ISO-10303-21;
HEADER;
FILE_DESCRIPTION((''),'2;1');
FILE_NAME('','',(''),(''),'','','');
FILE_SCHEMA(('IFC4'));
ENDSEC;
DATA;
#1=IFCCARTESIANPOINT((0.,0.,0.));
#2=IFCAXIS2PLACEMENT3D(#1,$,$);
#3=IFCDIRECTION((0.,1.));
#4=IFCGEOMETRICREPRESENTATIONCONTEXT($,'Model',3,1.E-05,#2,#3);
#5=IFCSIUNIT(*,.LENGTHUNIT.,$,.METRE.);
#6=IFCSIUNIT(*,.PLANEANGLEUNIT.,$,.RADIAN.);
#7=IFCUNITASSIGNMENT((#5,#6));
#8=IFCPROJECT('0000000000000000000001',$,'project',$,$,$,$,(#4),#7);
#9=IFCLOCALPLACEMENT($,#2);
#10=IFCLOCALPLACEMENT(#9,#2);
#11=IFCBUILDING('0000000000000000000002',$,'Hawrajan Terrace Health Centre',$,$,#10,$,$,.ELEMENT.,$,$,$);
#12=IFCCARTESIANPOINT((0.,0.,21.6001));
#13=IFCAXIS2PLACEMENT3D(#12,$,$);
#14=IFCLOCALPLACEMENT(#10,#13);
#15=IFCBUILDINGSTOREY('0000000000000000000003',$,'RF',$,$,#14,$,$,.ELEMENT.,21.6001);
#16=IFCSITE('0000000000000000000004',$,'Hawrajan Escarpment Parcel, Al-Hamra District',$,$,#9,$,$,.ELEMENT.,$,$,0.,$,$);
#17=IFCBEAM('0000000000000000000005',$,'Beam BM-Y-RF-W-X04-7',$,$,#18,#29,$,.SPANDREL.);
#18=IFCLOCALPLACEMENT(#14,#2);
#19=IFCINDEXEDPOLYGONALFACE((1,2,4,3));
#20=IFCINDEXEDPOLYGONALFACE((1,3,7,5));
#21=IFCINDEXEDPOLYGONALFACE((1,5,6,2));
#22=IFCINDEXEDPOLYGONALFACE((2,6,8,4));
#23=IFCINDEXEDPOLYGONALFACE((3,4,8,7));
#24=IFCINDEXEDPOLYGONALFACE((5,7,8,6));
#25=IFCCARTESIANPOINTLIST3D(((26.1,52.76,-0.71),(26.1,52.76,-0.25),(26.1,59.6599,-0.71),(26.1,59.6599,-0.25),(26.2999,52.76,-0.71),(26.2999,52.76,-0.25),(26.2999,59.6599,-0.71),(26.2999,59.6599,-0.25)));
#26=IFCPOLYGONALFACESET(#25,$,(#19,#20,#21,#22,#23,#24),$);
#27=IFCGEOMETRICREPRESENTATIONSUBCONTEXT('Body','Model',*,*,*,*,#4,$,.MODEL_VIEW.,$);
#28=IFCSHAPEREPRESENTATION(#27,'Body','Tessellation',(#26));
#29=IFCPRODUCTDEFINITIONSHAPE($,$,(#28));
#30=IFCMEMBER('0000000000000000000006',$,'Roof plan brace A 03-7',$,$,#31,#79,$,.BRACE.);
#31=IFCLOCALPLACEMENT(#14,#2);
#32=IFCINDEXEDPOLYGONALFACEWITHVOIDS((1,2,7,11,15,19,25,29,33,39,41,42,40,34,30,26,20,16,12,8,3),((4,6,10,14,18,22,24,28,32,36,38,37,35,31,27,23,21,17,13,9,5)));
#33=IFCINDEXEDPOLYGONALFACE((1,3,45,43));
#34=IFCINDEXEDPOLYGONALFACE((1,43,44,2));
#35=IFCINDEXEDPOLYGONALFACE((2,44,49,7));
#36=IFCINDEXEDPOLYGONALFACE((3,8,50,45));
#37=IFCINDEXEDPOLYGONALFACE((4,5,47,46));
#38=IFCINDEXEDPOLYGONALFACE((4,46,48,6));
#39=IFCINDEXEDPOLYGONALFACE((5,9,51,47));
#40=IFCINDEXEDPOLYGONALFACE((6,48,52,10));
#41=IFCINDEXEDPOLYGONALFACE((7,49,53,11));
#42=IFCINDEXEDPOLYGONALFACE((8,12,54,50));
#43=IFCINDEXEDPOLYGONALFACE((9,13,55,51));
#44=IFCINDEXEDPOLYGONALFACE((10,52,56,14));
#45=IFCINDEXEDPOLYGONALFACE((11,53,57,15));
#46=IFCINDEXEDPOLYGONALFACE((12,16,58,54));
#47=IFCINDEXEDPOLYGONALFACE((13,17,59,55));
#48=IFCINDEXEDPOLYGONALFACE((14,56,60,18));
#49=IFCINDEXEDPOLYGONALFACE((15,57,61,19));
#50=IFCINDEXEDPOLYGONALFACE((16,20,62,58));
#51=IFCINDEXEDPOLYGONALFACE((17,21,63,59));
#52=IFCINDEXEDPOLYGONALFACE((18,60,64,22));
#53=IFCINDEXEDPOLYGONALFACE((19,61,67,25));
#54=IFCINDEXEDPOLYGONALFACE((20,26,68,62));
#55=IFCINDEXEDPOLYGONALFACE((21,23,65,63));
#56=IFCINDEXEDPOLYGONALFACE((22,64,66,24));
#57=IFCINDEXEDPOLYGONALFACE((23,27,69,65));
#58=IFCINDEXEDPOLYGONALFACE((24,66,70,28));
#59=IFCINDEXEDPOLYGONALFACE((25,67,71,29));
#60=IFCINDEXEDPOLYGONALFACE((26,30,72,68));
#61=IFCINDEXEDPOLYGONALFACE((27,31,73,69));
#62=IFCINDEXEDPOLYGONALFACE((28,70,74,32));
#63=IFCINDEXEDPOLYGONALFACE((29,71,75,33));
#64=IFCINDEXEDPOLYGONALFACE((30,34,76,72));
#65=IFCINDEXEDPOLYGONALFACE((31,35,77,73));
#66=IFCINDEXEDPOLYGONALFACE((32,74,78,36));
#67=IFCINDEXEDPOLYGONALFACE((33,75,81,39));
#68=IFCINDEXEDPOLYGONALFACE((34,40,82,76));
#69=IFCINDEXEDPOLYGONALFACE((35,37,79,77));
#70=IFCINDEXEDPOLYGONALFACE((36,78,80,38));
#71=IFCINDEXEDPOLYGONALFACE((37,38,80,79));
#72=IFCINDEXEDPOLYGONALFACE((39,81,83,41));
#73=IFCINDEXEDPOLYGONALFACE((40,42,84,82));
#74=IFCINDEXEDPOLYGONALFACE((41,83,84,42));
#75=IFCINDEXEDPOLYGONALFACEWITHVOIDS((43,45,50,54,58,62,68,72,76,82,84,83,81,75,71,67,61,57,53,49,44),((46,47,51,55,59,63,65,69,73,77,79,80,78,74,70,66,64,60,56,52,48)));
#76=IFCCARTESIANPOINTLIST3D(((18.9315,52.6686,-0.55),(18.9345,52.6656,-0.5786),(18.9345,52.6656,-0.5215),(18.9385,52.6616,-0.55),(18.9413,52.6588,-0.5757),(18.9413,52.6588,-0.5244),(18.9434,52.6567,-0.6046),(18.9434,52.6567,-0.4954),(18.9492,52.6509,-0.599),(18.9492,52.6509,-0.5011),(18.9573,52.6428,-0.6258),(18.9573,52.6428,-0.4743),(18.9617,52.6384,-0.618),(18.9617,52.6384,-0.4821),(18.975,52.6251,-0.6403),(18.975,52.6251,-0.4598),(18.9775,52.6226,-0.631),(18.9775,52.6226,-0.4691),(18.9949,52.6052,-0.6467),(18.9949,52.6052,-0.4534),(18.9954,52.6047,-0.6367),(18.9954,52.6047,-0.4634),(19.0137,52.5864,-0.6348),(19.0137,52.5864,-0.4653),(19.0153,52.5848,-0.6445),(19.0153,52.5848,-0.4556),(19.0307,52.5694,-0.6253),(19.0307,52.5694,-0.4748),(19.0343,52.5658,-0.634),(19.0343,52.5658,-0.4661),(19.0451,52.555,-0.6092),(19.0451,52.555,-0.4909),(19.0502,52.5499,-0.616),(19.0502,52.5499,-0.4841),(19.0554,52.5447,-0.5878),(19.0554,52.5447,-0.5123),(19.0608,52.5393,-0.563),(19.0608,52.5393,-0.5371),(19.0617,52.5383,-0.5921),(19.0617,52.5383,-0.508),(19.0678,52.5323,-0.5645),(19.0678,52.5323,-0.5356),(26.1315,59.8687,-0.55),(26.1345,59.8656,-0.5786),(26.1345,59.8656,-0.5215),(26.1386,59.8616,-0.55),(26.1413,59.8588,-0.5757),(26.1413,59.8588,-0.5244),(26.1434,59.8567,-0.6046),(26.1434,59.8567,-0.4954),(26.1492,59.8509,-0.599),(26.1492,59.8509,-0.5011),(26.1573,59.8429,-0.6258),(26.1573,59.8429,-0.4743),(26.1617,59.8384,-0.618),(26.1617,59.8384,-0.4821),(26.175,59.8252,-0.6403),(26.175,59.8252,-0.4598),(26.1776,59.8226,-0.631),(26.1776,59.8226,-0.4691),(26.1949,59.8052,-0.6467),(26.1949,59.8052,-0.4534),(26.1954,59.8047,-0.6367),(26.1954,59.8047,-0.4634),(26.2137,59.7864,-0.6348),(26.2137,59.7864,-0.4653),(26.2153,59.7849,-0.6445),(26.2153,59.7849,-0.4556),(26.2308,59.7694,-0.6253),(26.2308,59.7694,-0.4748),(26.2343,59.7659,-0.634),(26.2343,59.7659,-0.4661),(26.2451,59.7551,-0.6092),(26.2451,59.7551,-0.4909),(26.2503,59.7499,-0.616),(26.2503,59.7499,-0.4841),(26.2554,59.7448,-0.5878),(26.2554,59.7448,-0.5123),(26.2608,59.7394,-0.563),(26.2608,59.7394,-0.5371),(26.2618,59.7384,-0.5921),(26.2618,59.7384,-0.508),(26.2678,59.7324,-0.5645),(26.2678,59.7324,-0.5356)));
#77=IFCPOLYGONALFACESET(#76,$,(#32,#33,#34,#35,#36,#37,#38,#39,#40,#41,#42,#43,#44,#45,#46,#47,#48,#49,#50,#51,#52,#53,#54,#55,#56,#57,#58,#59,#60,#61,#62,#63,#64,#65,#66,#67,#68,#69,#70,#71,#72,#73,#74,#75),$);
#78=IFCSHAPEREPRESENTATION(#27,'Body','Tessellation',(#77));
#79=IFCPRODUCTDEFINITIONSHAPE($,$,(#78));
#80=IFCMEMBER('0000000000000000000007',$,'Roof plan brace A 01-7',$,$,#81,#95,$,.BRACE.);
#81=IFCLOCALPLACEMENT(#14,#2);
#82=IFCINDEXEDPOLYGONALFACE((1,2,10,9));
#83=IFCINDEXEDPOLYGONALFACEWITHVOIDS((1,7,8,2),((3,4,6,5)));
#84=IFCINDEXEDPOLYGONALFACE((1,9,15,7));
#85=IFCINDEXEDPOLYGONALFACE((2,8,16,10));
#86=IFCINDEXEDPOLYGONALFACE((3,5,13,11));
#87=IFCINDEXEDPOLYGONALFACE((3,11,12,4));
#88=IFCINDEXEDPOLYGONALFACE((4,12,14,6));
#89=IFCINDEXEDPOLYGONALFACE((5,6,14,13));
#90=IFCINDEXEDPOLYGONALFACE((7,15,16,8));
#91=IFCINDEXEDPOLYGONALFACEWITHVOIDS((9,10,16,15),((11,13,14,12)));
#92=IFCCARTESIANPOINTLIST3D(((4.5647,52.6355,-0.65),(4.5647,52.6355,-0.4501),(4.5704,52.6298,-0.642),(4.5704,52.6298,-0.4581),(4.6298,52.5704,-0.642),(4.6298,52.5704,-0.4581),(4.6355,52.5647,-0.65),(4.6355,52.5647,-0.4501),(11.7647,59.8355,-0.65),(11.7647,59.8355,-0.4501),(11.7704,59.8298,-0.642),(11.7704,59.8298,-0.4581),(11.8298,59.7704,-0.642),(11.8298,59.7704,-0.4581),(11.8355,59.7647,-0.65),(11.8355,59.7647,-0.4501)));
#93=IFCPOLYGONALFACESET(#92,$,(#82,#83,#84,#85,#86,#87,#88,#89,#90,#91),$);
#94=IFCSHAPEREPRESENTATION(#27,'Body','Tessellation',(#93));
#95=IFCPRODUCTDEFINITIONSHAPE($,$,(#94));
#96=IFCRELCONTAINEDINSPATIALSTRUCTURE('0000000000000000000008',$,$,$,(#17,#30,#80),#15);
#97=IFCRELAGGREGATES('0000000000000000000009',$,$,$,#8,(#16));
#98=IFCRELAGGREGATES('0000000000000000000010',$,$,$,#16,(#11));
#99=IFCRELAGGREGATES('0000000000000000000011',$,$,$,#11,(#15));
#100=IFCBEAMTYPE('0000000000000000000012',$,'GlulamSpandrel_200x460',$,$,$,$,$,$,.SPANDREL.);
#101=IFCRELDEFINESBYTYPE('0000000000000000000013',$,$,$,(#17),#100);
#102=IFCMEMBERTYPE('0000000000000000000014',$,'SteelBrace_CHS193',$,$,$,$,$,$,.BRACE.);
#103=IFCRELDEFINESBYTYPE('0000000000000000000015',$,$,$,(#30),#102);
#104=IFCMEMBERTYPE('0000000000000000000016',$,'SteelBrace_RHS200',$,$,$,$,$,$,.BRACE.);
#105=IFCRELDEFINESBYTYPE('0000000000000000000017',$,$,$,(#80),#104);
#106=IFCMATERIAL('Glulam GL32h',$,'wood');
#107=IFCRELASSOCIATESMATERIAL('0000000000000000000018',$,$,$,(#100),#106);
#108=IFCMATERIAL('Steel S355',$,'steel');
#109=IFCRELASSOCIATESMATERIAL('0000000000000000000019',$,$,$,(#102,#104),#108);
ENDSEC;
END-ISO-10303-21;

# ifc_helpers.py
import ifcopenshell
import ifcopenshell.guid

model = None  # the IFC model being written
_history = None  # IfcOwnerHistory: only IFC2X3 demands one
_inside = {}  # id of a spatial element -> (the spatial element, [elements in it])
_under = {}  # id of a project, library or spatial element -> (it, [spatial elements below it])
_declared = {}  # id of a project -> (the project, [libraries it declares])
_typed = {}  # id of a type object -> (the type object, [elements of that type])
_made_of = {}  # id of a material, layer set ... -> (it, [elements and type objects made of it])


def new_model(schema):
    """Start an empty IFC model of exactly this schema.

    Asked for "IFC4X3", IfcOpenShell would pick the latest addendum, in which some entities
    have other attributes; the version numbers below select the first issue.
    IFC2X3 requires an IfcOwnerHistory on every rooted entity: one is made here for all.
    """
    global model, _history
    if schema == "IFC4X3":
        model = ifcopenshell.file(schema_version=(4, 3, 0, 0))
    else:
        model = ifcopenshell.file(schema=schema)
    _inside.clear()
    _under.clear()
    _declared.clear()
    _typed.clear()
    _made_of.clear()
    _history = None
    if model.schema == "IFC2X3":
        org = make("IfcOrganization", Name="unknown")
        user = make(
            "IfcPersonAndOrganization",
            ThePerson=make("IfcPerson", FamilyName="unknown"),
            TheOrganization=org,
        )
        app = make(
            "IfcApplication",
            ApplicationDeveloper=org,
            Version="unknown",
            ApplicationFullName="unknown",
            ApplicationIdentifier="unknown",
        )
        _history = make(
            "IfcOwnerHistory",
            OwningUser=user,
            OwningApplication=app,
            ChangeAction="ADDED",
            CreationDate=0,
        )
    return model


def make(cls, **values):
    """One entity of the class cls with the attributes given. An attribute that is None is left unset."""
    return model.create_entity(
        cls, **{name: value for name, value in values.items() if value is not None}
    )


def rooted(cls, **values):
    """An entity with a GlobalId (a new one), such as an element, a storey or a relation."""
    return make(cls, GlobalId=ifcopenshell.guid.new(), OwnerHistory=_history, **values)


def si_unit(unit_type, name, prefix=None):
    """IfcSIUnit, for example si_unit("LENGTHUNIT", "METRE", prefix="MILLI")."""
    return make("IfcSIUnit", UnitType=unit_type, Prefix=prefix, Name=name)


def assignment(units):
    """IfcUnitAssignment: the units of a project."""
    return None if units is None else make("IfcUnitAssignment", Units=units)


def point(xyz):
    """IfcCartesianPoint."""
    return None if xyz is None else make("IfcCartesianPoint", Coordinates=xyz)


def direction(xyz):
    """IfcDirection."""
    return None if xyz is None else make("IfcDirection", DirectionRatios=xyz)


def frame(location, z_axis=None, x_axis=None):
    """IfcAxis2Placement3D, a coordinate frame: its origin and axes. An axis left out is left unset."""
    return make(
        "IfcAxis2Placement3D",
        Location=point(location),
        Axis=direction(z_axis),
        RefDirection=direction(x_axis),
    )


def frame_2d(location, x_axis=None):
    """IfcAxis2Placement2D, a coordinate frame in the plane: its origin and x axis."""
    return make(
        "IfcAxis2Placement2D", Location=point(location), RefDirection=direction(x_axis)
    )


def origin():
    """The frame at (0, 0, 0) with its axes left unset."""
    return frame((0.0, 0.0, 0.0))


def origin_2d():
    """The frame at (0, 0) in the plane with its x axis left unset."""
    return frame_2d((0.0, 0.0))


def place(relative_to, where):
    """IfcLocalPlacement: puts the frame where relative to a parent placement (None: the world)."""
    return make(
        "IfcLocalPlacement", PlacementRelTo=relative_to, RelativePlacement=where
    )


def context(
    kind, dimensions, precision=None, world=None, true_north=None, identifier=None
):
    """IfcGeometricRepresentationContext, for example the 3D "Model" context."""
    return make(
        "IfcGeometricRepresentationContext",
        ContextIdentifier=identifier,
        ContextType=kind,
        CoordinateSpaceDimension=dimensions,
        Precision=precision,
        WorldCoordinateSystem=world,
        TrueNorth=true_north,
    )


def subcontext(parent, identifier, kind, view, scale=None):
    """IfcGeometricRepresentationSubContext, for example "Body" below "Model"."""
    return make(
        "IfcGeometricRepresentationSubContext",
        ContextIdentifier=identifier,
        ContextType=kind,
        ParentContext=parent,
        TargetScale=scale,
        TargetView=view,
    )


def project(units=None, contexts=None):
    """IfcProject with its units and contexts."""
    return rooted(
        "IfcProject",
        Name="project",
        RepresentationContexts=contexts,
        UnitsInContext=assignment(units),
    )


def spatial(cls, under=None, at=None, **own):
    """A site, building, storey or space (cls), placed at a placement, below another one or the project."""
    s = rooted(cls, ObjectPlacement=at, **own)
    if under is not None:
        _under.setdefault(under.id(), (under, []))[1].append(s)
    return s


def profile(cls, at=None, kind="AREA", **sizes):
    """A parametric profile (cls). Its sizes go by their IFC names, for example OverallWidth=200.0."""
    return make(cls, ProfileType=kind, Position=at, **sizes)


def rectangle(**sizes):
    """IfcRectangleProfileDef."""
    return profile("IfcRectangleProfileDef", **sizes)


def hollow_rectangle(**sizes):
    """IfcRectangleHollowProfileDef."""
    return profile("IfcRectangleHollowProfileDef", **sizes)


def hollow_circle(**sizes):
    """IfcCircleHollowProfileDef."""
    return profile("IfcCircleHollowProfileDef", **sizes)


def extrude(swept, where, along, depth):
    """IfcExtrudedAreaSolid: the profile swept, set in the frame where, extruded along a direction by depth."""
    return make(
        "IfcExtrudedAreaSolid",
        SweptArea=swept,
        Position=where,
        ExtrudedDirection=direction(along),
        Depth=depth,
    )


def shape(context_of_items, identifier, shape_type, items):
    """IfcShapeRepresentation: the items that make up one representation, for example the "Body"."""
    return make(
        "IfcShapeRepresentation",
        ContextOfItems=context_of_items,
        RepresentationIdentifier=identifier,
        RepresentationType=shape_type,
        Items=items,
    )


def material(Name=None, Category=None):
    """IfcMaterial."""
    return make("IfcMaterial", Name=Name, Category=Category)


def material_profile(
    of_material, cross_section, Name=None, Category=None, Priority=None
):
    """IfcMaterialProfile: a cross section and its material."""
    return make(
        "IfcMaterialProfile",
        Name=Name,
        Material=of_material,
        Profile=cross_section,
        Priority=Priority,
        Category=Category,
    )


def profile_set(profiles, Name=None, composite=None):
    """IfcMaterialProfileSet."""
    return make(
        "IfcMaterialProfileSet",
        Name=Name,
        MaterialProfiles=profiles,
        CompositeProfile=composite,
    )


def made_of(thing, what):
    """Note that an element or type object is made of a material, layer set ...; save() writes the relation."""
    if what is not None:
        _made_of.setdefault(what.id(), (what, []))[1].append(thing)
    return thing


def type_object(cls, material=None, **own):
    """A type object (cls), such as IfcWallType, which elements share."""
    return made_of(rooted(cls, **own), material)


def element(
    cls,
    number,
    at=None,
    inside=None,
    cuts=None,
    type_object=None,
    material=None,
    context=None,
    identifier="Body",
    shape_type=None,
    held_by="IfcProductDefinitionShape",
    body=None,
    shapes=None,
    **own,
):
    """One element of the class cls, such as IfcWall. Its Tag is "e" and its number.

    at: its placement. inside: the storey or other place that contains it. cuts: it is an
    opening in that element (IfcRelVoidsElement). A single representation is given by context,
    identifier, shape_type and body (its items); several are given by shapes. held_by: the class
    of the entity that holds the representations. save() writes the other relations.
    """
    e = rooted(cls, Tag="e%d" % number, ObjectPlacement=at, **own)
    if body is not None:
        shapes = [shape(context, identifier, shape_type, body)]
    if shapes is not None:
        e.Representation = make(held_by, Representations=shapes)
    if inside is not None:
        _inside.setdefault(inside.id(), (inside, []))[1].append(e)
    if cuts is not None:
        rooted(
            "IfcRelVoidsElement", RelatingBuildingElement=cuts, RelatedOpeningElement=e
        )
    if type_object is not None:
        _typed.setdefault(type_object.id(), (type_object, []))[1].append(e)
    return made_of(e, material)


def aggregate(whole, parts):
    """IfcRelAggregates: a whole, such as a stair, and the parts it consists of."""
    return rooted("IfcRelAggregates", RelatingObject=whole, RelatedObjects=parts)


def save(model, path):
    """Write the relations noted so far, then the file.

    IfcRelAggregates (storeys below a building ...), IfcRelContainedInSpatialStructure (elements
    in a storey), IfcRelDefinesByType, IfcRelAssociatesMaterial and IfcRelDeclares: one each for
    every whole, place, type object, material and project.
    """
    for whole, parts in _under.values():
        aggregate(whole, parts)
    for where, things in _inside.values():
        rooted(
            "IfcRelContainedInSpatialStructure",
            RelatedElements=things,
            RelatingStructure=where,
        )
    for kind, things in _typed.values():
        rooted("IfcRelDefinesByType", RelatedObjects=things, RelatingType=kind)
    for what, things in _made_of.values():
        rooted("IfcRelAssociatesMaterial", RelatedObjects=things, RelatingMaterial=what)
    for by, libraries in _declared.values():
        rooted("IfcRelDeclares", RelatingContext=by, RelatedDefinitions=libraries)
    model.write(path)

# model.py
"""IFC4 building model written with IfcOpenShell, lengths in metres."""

from ifc_helpers import new_model, si_unit, direction, frame, origin, origin_2d, place, context, subcontext, project, spatial, rectangle, hollow_rectangle, hollow_circle, extrude, material, material_profile, profile_set, type_object, element, save


model = new_model("IFC4")

# Units and contexts
model_context = context("Model", 3, precision=1e-05, world=origin(), true_north=direction((0.0, 1.0)))
body_context = subcontext(model_context, "Body", "Model", "MODEL_VIEW")
ifc_project = project(units=[si_unit("LENGTHUNIT", "METRE"), si_unit("PLANEANGLEUNIT", "RADIAN")], contexts=[model_context])

# Site, building, storey
site_placement = place(None, origin())
site = spatial("IfcSite", under=ifc_project, at=site_placement, Name="Hawrajan Escarpment Parcel, Al-Hamra District", CompositionType="ELEMENT", RefElevation=0.0)
building_placement = place(site_placement, origin())
building = spatial("IfcBuilding", under=site, at=building_placement, Name="Hawrajan Terrace Health Centre", CompositionType="ELEMENT")
storey_placement = place(building_placement, frame((0.0, 0.0, 21.6001)))
storey = spatial("IfcBuildingStorey", under=building, at=storey_placement, Name="RF", CompositionType="ELEMENT", Elevation=21.6001)

# Beam
ifc_material_1 = material(Name="Glulam GL32h", Category="wood")
ifc_material_profile_1 = material_profile(ifc_material_1, rectangle(XDim=0.2, YDim=0.46, at=origin_2d()), Name="GL SP 200x460")
ifc_profile_set_1 = profile_set([ifc_material_profile_1], Name="Glulam GL32h")
beam_type_1 = type_object("IfcBeamType", Name="GlulamSpandrel_200x460", PredefinedType="SPANDREL", material=ifc_profile_set_1)
for number, where, z_axis, x_axis, name in (
    (1, (26.2, 52.76, -0.48), (0.0, 1.0, 0.0), (-1.0, 0.0, 0.0), "Beam BM-Y-RF-W-X04-7"),
):
    element("IfcBeam", number, at=place(storey_placement, frame(where, z_axis=z_axis, x_axis=x_axis)), inside=storey, type_object=beam_type_1, Name=name, PredefinedType="SPANDREL", context=body_context, shape_type="SweptSolid", body=[
        extrude(rectangle(XDim=0.2, YDim=0.46, at=origin_2d()), origin(), (0.0, 0.0, 1.0), 6.8999),
    ])

# Members
ifc_material_2 = material(Name="Steel S355", Category="steel")
ifc_material_profile_2 = material_profile(ifc_material_2, hollow_circle(Radius=0.0969, WallThickness=0.01, at=origin_2d()), Name="CHS 193.7x10.0")
ifc_profile_set_2 = profile_set([ifc_material_profile_2], Name="Steel S355")
member_type_1 = type_object("IfcMemberType", Name="SteelBrace_CHS193", PredefinedType="BRACE", material=ifc_profile_set_2)
member_1_placement = place(storey_placement, frame((19.0, 52.6001, -0.55), z_axis=(0.707107, 0.707107, 0.0), x_axis=(-0.707107, 0.707107, 0.0)))
element("IfcMember", 2, at=member_1_placement, inside=storey, type_object=member_type_1, Name="Roof plan brace A 03-7", PredefinedType="BRACE", context=body_context, shape_type="SweptSolid", body=[
    extrude(hollow_circle(Radius=0.0969, WallThickness=0.01, at=origin_2d()), origin(), (0.0, 0.0, 1.0), 10.1824),
])
ifc_material_profile_3 = material_profile(ifc_material_2, hollow_rectangle(XDim=0.1001, YDim=0.2, WallThickness=0.0081, at=origin_2d()), Name="RHS 200x100x8.0")
ifc_profile_set_3 = profile_set([ifc_material_profile_3], Name="Steel S355")
member_type_2 = type_object("IfcMemberType", Name="SteelBrace_RHS200", PredefinedType="BRACE", material=ifc_profile_set_3)
member_2_placement = place(storey_placement, frame((4.6001, 52.6001, -0.55), z_axis=(0.707107, 0.707107, 0.0), x_axis=(-0.707107, 0.707107, 0.0)))
element("IfcMember", 3, at=member_2_placement, inside=storey, type_object=member_type_2, Name="Roof plan brace A 01-7", PredefinedType="BRACE", context=body_context, shape_type="SweptSolid", body=[
    extrude(hollow_rectangle(XDim=0.1001, YDim=0.2, WallThickness=0.0081, at=origin_2d()), origin(), (0.0, 0.0, 1.0), 10.1824),
])

save(model, "model.ifc")
